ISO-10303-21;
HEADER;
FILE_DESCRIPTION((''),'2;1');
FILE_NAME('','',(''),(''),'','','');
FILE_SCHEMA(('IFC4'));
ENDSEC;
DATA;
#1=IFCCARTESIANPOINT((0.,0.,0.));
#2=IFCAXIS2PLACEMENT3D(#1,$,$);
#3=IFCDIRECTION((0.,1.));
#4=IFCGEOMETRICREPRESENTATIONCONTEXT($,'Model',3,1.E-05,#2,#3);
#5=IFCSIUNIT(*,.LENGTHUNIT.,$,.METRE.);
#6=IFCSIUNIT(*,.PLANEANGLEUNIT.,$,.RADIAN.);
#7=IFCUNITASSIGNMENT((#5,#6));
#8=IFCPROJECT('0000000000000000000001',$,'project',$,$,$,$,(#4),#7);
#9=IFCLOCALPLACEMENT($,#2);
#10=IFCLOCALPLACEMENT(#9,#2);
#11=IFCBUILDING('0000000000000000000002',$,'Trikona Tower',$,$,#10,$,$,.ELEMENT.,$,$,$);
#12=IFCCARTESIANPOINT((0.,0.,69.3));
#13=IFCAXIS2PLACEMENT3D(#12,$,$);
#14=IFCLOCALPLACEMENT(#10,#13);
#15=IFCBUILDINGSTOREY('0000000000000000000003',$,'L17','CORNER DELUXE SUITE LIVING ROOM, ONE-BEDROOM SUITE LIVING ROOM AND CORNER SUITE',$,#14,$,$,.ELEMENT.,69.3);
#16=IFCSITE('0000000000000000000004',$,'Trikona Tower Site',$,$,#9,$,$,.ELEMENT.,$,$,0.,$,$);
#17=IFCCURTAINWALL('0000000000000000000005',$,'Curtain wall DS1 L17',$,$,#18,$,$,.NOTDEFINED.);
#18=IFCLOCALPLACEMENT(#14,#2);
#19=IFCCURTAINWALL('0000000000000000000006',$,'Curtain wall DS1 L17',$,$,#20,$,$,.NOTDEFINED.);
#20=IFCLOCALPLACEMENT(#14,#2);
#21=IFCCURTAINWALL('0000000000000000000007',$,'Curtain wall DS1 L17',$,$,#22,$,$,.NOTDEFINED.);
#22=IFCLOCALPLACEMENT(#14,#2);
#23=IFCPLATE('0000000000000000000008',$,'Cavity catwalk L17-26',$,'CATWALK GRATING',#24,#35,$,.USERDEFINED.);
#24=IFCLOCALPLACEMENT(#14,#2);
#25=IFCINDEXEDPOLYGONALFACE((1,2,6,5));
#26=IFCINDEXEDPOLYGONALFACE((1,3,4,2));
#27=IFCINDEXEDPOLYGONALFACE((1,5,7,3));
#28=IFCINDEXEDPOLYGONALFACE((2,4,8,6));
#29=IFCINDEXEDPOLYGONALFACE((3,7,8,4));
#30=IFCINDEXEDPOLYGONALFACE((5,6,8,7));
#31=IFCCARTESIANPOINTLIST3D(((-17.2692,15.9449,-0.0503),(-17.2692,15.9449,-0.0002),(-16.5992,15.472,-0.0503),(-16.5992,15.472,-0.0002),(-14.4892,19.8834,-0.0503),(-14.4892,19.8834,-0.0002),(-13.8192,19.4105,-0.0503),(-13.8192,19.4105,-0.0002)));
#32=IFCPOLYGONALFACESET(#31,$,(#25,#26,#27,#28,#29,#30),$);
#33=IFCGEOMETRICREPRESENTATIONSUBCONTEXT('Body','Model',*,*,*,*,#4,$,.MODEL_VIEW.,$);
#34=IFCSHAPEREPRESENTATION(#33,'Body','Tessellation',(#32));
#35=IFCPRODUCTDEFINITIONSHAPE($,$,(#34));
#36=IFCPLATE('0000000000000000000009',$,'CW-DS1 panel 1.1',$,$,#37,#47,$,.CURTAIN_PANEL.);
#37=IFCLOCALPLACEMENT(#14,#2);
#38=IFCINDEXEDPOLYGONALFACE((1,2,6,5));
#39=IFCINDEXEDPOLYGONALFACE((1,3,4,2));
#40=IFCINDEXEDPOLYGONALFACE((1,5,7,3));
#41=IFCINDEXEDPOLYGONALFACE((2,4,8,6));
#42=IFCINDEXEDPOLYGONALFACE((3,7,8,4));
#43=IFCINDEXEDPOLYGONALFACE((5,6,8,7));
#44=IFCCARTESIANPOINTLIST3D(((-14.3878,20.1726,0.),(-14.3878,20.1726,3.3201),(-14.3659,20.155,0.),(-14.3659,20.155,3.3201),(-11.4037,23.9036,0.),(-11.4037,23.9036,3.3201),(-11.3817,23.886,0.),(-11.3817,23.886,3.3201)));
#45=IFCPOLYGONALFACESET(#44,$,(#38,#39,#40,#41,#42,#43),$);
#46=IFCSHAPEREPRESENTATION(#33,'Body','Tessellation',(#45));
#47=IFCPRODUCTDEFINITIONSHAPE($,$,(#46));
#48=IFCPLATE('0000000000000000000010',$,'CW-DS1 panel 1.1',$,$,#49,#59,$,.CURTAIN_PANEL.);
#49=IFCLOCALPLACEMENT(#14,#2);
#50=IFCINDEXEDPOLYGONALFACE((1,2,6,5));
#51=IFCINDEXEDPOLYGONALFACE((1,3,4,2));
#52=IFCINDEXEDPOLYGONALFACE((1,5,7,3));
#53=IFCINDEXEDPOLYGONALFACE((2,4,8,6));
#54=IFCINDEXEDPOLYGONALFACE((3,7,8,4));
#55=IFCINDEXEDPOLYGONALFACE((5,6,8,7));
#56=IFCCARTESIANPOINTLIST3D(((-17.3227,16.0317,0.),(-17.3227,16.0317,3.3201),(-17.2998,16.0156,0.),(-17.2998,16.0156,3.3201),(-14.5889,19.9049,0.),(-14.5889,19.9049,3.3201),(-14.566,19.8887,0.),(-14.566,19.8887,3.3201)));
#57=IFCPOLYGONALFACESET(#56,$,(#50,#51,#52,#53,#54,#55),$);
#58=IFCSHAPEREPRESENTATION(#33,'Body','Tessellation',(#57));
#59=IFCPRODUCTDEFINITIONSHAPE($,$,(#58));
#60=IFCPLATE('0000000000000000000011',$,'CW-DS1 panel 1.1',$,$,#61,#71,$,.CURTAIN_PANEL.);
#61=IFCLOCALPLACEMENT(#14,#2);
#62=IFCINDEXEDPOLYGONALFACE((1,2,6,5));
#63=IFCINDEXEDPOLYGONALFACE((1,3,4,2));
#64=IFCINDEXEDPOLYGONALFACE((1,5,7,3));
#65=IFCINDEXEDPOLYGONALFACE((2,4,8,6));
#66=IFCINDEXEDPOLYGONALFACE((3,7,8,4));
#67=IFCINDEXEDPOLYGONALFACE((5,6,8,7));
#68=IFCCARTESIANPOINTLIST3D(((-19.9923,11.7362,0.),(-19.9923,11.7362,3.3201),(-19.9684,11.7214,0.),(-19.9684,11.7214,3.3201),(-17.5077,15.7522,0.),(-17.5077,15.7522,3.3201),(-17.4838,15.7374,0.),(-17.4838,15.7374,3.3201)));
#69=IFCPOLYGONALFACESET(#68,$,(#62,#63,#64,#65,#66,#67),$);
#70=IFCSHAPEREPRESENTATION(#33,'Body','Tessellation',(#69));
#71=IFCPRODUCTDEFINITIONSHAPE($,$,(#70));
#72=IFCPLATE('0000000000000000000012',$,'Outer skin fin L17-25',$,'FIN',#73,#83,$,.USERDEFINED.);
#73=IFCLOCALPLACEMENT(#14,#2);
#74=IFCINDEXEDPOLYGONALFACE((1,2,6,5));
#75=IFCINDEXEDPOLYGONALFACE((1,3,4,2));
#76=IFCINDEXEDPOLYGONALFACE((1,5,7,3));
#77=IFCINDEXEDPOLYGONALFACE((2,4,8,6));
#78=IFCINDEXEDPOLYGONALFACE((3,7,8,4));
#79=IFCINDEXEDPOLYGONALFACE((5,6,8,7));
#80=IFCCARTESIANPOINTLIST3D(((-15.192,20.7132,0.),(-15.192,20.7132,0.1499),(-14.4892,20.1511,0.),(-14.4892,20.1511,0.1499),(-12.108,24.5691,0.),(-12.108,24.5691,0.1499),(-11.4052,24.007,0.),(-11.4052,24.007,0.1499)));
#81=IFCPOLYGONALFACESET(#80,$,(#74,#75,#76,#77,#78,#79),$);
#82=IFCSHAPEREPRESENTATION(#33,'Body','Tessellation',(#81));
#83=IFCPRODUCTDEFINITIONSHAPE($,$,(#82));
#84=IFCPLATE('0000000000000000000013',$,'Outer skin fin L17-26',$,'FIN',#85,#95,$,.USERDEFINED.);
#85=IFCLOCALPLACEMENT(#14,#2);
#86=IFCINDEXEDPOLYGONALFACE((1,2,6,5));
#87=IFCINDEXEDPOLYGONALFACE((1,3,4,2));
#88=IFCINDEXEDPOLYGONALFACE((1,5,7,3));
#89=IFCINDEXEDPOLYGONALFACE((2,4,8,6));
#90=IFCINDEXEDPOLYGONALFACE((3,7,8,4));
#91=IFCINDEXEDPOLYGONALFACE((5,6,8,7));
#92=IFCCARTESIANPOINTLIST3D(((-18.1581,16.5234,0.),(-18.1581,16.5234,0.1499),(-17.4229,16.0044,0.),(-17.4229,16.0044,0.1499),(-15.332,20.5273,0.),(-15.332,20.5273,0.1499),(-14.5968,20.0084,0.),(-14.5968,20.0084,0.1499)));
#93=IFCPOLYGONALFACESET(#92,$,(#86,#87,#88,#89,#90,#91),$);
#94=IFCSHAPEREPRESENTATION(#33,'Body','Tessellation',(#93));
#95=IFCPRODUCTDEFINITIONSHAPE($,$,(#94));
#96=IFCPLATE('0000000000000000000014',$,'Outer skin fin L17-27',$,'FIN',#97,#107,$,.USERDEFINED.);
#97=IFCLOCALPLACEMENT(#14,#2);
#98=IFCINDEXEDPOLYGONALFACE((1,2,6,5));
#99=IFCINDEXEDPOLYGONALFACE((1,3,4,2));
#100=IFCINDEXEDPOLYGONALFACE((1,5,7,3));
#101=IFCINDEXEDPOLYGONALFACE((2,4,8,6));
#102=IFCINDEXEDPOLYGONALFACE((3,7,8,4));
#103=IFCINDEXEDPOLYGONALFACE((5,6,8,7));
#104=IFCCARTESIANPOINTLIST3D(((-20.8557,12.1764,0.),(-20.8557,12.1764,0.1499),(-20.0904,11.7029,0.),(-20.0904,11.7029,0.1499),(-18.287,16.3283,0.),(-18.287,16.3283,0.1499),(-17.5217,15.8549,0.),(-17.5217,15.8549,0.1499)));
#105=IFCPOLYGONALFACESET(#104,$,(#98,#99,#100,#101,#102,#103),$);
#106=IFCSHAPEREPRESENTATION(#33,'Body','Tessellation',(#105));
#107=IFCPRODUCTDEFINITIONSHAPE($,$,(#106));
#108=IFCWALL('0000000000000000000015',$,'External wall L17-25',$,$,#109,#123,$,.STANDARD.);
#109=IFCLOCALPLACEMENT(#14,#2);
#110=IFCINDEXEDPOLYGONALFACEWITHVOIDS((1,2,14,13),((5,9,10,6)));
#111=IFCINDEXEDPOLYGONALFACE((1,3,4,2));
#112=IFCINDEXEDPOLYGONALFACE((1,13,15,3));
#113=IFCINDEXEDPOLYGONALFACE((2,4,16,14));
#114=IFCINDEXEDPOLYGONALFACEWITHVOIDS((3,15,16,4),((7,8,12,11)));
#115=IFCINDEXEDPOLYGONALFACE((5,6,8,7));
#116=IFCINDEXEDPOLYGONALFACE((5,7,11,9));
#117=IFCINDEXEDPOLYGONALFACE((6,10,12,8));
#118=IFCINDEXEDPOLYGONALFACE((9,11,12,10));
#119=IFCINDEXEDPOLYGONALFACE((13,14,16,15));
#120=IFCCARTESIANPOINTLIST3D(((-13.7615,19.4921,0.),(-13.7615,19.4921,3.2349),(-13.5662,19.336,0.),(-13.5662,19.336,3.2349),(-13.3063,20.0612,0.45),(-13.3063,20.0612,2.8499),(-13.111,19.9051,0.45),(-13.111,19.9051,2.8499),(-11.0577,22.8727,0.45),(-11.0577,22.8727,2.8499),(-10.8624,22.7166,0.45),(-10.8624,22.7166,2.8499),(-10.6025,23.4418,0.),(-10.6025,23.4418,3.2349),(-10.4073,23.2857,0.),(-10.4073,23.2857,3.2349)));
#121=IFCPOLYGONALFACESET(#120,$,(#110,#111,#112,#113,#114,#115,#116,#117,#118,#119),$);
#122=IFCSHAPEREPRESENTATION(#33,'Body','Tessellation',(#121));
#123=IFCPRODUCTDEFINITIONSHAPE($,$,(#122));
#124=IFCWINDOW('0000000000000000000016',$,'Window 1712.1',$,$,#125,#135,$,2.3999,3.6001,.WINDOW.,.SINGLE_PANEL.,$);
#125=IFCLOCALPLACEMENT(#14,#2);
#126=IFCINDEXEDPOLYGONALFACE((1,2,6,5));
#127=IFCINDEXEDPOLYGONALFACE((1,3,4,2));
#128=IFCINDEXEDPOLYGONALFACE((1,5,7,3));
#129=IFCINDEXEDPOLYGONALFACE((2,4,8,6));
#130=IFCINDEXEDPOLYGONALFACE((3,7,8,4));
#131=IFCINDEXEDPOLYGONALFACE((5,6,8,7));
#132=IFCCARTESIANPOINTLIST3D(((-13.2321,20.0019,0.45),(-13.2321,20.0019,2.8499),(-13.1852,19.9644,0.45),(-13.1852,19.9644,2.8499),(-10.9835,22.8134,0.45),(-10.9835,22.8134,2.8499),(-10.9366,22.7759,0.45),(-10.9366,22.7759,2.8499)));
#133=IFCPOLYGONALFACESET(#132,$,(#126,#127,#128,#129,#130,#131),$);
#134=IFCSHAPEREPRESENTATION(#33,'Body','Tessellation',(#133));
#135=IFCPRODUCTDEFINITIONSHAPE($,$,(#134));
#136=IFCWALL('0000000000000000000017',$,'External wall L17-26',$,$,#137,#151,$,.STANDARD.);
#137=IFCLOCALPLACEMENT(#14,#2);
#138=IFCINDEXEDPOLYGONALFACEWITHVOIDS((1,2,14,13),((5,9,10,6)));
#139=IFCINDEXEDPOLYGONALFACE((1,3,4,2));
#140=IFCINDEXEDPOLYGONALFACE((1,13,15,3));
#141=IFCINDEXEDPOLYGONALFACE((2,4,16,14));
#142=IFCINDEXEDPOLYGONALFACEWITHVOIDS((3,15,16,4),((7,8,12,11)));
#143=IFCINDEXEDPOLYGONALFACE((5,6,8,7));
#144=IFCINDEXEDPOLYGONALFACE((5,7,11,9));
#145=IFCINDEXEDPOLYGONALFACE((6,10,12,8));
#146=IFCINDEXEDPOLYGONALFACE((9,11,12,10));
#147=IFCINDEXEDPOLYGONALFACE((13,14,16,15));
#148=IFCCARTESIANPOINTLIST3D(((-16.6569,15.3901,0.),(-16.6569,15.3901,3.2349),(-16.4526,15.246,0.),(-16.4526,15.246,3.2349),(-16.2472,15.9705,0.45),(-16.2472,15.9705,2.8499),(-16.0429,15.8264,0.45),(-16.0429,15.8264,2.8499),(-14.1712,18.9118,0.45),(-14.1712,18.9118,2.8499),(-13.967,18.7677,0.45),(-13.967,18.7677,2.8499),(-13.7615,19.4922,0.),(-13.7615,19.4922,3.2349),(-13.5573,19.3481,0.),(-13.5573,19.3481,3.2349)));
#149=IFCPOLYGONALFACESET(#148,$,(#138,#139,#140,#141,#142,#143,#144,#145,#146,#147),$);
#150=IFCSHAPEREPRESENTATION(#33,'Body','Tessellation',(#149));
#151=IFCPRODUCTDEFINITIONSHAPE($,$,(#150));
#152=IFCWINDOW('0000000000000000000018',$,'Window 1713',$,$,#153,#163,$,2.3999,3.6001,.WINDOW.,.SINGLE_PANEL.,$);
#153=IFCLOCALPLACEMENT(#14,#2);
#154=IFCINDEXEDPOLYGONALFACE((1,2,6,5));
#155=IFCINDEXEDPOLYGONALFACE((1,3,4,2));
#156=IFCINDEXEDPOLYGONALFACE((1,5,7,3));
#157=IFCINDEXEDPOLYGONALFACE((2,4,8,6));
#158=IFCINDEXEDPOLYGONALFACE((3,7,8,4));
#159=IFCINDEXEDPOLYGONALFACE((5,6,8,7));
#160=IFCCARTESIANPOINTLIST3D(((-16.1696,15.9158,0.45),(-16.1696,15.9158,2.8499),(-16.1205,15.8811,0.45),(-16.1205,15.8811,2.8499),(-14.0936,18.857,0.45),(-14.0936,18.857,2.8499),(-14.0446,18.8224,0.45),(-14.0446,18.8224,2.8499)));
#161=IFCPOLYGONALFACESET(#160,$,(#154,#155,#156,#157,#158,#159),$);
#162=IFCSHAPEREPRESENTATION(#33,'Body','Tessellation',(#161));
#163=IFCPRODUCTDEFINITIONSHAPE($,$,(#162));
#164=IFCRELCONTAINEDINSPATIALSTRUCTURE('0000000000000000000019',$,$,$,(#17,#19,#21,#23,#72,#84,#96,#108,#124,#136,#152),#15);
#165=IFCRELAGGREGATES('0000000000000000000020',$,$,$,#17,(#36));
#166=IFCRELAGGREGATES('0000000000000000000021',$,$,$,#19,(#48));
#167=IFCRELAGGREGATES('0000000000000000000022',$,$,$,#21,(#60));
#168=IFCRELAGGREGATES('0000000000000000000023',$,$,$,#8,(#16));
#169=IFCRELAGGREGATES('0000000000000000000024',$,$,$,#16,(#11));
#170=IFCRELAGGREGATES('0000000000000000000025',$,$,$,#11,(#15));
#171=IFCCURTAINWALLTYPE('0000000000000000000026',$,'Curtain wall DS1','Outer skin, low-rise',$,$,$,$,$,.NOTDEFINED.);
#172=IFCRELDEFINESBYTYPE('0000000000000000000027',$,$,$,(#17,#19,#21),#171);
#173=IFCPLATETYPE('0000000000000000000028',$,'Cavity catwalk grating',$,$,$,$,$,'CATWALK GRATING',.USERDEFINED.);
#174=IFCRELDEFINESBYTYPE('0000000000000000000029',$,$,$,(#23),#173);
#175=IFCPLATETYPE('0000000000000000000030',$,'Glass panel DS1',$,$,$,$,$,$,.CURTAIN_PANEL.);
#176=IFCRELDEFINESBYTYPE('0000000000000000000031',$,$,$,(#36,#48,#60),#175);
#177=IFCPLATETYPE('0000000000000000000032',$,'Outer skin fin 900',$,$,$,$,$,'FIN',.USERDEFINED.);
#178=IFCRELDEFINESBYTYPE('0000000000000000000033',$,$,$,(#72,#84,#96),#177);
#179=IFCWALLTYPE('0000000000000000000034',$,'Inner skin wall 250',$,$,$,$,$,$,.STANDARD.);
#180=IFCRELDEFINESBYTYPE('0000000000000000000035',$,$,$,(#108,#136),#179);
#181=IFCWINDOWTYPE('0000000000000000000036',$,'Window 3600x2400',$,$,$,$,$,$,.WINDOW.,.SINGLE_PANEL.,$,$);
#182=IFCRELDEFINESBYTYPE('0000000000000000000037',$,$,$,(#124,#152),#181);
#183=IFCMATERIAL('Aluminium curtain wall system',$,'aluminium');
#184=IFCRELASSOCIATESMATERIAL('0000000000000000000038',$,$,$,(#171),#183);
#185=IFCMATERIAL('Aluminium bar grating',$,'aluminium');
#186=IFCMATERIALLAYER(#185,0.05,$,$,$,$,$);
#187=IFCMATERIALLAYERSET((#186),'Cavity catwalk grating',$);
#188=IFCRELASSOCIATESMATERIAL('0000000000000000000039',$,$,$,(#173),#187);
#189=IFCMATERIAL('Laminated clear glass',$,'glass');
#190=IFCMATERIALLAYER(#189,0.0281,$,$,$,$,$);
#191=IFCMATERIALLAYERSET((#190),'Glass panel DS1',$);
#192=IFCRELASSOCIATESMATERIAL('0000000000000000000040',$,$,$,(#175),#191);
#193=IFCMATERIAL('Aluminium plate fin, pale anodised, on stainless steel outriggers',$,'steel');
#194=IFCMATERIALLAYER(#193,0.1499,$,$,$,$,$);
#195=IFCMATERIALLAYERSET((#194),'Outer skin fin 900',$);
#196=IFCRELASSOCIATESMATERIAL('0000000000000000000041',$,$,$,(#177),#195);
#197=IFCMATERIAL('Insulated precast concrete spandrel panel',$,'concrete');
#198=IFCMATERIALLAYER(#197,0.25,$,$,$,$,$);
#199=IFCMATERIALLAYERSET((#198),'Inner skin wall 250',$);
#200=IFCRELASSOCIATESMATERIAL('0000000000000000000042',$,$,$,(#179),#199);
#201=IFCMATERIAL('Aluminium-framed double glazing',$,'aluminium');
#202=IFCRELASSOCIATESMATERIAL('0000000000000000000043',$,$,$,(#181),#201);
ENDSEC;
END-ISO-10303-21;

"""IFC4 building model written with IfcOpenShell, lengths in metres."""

from ifc_helpers import new_model, si_unit, direction, frame, frame_2d, origin, origin_2d, place, context, subcontext, project, spatial, rectangle, extrude, material, layer, layer_set, type_object, element, fill, aggregate, save


model = new_model("IFC4")

# Units and contexts
model_context = context("Model", 3, precision=1e-05, world=origin(), true_north=direction((0.0, 1.0)))
body_context = subcontext(model_context, "Body", "Model", "MODEL_VIEW")
ifc_project = project(units=[si_unit("LENGTHUNIT", "METRE"), si_unit("PLANEANGLEUNIT", "RADIAN")], contexts=[model_context])

# Site, building, storey
site_placement = place(None, origin())
site = spatial("IfcSite", under=ifc_project, at=site_placement, Name="Trikona Tower Site", CompositionType="ELEMENT", RefElevation=0.0)
building_placement = place(site_placement, origin())
building = spatial("IfcBuilding", under=site, at=building_placement, Name="Trikona Tower", CompositionType="ELEMENT")
storey_placement = place(building_placement, frame((0.0, 0.0, 69.3)))
storey = spatial("IfcBuildingStorey", under=building, at=storey_placement, Name="L17", Description="CORNER DELUXE SUITE LIVING ROOM, ONE-BEDROOM SUITE LIVING ROOM AND CORNER SUITE", CompositionType="ELEMENT", Elevation=69.3)

# Shared definitions
ifc_material_1 = material(Name="Aluminium curtain wall system", Category="aluminium")
curtain_wall_type = type_object("IfcCurtainWallType", Name="Curtain wall DS1", Description="Outer skin, low-rise", PredefinedType="NOTDEFINED", material=ifc_material_1)

# Curtain walls
curtain_wall_1_placement = place(storey_placement, origin())
curtain_wall_1 = element("IfcCurtainWall", 1, at=curtain_wall_1_placement, inside=storey, type_object=curtain_wall_type, Name="Curtain wall DS1 L17", PredefinedType="NOTDEFINED")
curtain_wall_2_placement = place(storey_placement, origin())
curtain_wall_2 = element("IfcCurtainWall", 2, at=curtain_wall_2_placement, inside=storey, type_object=curtain_wall_type, Name="Curtain wall DS1 L17", PredefinedType="NOTDEFINED")

# Curtain wall
curtain_wall_3_placement = place(storey_placement, origin())
curtain_wall_3 = element("IfcCurtainWall", 3, at=curtain_wall_3_placement, inside=storey, type_object=curtain_wall_type, Name="Curtain wall DS1 L17", PredefinedType="NOTDEFINED")

# Plate
ifc_material_2 = material(Name="Aluminium bar grating", Category="aluminium")
ifc_layer_1 = layer(ifc_material_2, 0.05)
ifc_layer_set_1 = layer_set([ifc_layer_1], Name="Cavity catwalk grating")
plate_type_1 = type_object("IfcPlateType", Name="Cavity catwalk grating", ElementType="CATWALK GRATING", PredefinedType="USERDEFINED", material=ifc_layer_set_1)
plate_1_placement = place(storey_placement, frame((-15.5442, 17.6777, -0.0503), z_axis=(0.0, 0.0, 1.0), x_axis=(-0.576662, -0.816983, 0.0)))
element("IfcPlate", 4, at=plate_1_placement, inside=storey, type_object=plate_type_1, Name="Cavity catwalk L17-26", ObjectType="CATWALK GRATING", PredefinedType="USERDEFINED", context=body_context, shape_type="SweptSolid", body=[
    extrude(rectangle(XDim=4.8208, YDim=0.8201, at=origin_2d()), origin(), (0.0, 0.0, 1.0), 0.05),
])

# Plates
ifc_material_3 = material(Name="Laminated clear glass", Category="glass")
ifc_layer_2 = layer(ifc_material_3, 0.0281)
ifc_layer_set_2 = layer_set([ifc_layer_2], Name="Glass panel DS1")
plate_type_2 = type_object("IfcPlateType", Name="Glass panel DS1", PredefinedType="CURTAIN_PANEL", material=ifc_layer_set_2)
plate_2_placement = place(storey_placement, frame((-12.8848, 22.0293, 0.0), z_axis=(0.0, 0.0, 1.0), x_axis=(-0.624609, -0.780938, 0.0)))
plate_2 = element("IfcPlate", 5, at=plate_2_placement, type_object=plate_type_2, Name="CW-DS1 panel 1.1", PredefinedType="CURTAIN_PANEL", context=body_context, shape_type="SweptSolid", body=[
    extrude(rectangle(XDim=4.7776, YDim=0.0281, at=origin_2d()), origin(), (0.0, 0.0, 1.0), 3.3201),
])
aggregate(curtain_wall_1, [plate_2])
plate_3_placement = place(storey_placement, frame((-15.9443, 17.9602, 0.0), z_axis=(0.0, 0.0, 1.0), x_axis=(-0.576658, -0.816985, 0.0)))
plate_3 = element("IfcPlate", 6, at=plate_3_placement, type_object=plate_type_2, Name="CW-DS1 panel 1.1", PredefinedType="CURTAIN_PANEL", context=body_context, shape_type="SweptSolid", body=[
    extrude(rectangle(XDim=4.7407, YDim=0.0281, at=origin_2d()), origin(), (0.0, 0.0, 1.0), 3.3201),
])
aggregate(curtain_wall_2, [plate_3])
plate_4_placement = place(storey_placement, frame((-18.738, 13.7368, 0.0), z_axis=(0.0, 0.0, 1.0), x_axis=(-0.52612, -0.85041, 0.0)))
plate_4 = element("IfcPlate", 7, at=plate_4_placement, type_object=plate_type_2, Name="CW-DS1 panel 1.1", PredefinedType="CURTAIN_PANEL", context=body_context, shape_type="SweptSolid", body=[
    extrude(rectangle(XDim=4.7224, YDim=0.0281, at=origin_2d()), origin(), (0.0, 0.0, 1.0), 3.3201),
])
aggregate(curtain_wall_3, [plate_4])

# Plates
ifc_material_4 = material(Name="Aluminium plate fin, pale anodised, on stainless steel outriggers", Category="steel")
ifc_layer_3 = layer(ifc_material_4, 0.1499)
ifc_layer_set_3 = layer_set([ifc_layer_3], Name="Outer skin fin 900")
plate_type_3 = type_object("IfcPlateType", Name="Outer skin fin 900", ElementType="FIN", PredefinedType="USERDEFINED", material=ifc_layer_set_3)
plate_5_placement = place(storey_placement, frame((-13.2986, 22.3601, 0.0), z_axis=(0.0, 0.0, 1.0), x_axis=(-0.624604, -0.780942, 0.0)))
element("IfcPlate", 8, at=plate_5_placement, inside=storey, type_object=plate_type_3, Name="Outer skin fin L17-25", ObjectType="FIN", PredefinedType="USERDEFINED", context=body_context, shape_type="SweptSolid", body=[
    extrude(rectangle(XDim=4.9375, YDim=0.8999, at=origin_2d()), origin(), (0.0, 0.0, 1.0), 0.1499),
])
plate_6_placement = place(storey_placement, frame((-16.3774, 18.2659, 0.0), z_axis=(0.0, 0.0, 1.0), x_axis=(-0.576662, -0.816983, 0.0)))
element("IfcPlate", 9, at=plate_6_placement, inside=storey, type_object=plate_type_3, Name="Outer skin fin L17-26", ObjectType="FIN", PredefinedType="USERDEFINED", context=body_context, shape_type="SweptSolid", body=[
    extrude(rectangle(XDim=4.9009, YDim=0.8999, at=origin_2d()), origin(), (0.0, 0.0, 1.0), 0.1499),
])
plate_7_placement = place(storey_placement, frame((-19.1887, 14.0156, 0.0), z_axis=(0.0, 0.0, 1.0), x_axis=(-0.526119, -0.850411, 0.0)))
element("IfcPlate", 10, at=plate_7_placement, inside=storey, type_object=plate_type_3, Name="Outer skin fin L17-27", ObjectType="FIN", PredefinedType="USERDEFINED", context=body_context, shape_type="SweptSolid", body=[
    extrude(rectangle(XDim=4.8823, YDim=0.8999, at=origin_2d()), origin(), (0.0, 0.0, 1.0), 0.1499),
])

# Walls, openings, windows
ifc_material_5 = material(Name="Insulated precast concrete spandrel panel", Category="concrete")
ifc_layer_4 = layer(ifc_material_5, 0.25)
ifc_layer_set_4 = layer_set([ifc_layer_4], Name="Inner skin wall 250")
wall_type = type_object("IfcWallType", Name="Inner skin wall 250", PredefinedType="STANDARD", material=ifc_layer_set_4)
wall_1_placement = place(storey_placement, frame((-10.5049, 23.3638, 0.0), z_axis=(0.0, 0.0, 1.0), x_axis=(-0.624595, -0.780949, 0.0)))
wall_1 = element("IfcWall", 11, at=wall_1_placement, inside=storey, type_object=wall_type, Name="External wall L17-25", PredefinedType="STANDARD", context=body_context, shape_type="SweptSolid", body=[
    extrude(rectangle(XDim=5.0576, YDim=0.25, at=frame_2d((2.5288, 0.0))), origin(), (0.0, 0.0, 1.0), 3.2349),
])
opening_1_placement = place(wall_1_placement, frame((0.7288, 0.0, 0.45)))
opening_1 = element("IfcOpeningElement", 12, at=opening_1_placement, cuts=wall_1, PredefinedType="OPENING", context=body_context, shape_type="SweptSolid", body=[
    extrude(rectangle(XDim=3.6001, YDim=2.3999, at=frame_2d((1.8, 1.2))), frame((0.0, 0.135, 0.0), z_axis=(0.0, -1.0, 0.0), x_axis=(1.0, 0.0, 0.0)), (0.0, 0.0, 1.0), 0.27),
])
ifc_material_6 = material(Name="Aluminium-framed double glazing", Category="aluminium")
window_type = type_object("IfcWindowType", Name="Window 3600x2400", PartitioningType="SINGLE_PANEL", PredefinedType="WINDOW", material=ifc_material_6)
window_1_placement = place(opening_1_placement, origin())
window_1 = element("IfcWindow", 13, at=window_1_placement, inside=storey, type_object=window_type, Name="Window 1712.1", OverallHeight=2.3999, OverallWidth=3.6001, PartitioningType="SINGLE_PANEL", PredefinedType="WINDOW", context=body_context, shape_type="SweptSolid", body=[
    extrude(rectangle(XDim=3.6001, YDim=2.3999, at=frame_2d((1.8, 1.2))), frame((0.0, 0.03, 0.0), z_axis=(0.0, -1.0, 0.0), x_axis=(1.0, 0.0, 0.0)), (0.0, 0.0, 1.0), 0.0601),
])
fill(opening_1, window_1)
wall_2_placement = place(storey_placement, frame((-13.6594, 19.4202, 0.0), z_axis=(0.0, 0.0, 1.0), x_axis=(-0.576643, -0.816996, 0.0)))
wall_2 = element("IfcWall", 14, at=wall_2_placement, inside=storey, type_object=wall_type, Name="External wall L17-26", PredefinedType="STANDARD", context=body_context, shape_type="SweptSolid", body=[
    extrude(rectangle(XDim=5.021, YDim=0.25, at=frame_2d((2.5105, 0.0))), origin(), (0.0, 0.0, 1.0), 3.2349),
])
opening_2_placement = place(wall_2_placement, frame((0.7104, 0.0, 0.45)))
opening_2 = element("IfcOpeningElement", 15, at=opening_2_placement, cuts=wall_2, PredefinedType="OPENING", context=body_context, shape_type="SweptSolid", body=[
    extrude(rectangle(XDim=3.6001, YDim=2.3999, at=frame_2d((1.8, 1.2))), frame((0.0, 0.135, 0.0), z_axis=(0.0, -1.0, 0.0), x_axis=(1.0, 0.0, 0.0)), (0.0, 0.0, 1.0), 0.27),
])
window_2_placement = place(opening_2_placement, origin())
window_2 = element("IfcWindow", 16, at=window_2_placement, inside=storey, type_object=window_type, Name="Window 1713", OverallHeight=2.3999, OverallWidth=3.6001, PartitioningType="SINGLE_PANEL", PredefinedType="WINDOW", context=body_context, shape_type="SweptSolid", body=[
    extrude(rectangle(XDim=3.6001, YDim=2.3999, at=frame_2d((1.8, 1.2))), frame((0.0, 0.03, 0.0), z_axis=(0.0, -1.0, 0.0), x_axis=(1.0, 0.0, 0.0)), (0.0, 0.0, 1.0), 0.0601),
])
fill(opening_2, window_2)

save(model, "model.ifc")
